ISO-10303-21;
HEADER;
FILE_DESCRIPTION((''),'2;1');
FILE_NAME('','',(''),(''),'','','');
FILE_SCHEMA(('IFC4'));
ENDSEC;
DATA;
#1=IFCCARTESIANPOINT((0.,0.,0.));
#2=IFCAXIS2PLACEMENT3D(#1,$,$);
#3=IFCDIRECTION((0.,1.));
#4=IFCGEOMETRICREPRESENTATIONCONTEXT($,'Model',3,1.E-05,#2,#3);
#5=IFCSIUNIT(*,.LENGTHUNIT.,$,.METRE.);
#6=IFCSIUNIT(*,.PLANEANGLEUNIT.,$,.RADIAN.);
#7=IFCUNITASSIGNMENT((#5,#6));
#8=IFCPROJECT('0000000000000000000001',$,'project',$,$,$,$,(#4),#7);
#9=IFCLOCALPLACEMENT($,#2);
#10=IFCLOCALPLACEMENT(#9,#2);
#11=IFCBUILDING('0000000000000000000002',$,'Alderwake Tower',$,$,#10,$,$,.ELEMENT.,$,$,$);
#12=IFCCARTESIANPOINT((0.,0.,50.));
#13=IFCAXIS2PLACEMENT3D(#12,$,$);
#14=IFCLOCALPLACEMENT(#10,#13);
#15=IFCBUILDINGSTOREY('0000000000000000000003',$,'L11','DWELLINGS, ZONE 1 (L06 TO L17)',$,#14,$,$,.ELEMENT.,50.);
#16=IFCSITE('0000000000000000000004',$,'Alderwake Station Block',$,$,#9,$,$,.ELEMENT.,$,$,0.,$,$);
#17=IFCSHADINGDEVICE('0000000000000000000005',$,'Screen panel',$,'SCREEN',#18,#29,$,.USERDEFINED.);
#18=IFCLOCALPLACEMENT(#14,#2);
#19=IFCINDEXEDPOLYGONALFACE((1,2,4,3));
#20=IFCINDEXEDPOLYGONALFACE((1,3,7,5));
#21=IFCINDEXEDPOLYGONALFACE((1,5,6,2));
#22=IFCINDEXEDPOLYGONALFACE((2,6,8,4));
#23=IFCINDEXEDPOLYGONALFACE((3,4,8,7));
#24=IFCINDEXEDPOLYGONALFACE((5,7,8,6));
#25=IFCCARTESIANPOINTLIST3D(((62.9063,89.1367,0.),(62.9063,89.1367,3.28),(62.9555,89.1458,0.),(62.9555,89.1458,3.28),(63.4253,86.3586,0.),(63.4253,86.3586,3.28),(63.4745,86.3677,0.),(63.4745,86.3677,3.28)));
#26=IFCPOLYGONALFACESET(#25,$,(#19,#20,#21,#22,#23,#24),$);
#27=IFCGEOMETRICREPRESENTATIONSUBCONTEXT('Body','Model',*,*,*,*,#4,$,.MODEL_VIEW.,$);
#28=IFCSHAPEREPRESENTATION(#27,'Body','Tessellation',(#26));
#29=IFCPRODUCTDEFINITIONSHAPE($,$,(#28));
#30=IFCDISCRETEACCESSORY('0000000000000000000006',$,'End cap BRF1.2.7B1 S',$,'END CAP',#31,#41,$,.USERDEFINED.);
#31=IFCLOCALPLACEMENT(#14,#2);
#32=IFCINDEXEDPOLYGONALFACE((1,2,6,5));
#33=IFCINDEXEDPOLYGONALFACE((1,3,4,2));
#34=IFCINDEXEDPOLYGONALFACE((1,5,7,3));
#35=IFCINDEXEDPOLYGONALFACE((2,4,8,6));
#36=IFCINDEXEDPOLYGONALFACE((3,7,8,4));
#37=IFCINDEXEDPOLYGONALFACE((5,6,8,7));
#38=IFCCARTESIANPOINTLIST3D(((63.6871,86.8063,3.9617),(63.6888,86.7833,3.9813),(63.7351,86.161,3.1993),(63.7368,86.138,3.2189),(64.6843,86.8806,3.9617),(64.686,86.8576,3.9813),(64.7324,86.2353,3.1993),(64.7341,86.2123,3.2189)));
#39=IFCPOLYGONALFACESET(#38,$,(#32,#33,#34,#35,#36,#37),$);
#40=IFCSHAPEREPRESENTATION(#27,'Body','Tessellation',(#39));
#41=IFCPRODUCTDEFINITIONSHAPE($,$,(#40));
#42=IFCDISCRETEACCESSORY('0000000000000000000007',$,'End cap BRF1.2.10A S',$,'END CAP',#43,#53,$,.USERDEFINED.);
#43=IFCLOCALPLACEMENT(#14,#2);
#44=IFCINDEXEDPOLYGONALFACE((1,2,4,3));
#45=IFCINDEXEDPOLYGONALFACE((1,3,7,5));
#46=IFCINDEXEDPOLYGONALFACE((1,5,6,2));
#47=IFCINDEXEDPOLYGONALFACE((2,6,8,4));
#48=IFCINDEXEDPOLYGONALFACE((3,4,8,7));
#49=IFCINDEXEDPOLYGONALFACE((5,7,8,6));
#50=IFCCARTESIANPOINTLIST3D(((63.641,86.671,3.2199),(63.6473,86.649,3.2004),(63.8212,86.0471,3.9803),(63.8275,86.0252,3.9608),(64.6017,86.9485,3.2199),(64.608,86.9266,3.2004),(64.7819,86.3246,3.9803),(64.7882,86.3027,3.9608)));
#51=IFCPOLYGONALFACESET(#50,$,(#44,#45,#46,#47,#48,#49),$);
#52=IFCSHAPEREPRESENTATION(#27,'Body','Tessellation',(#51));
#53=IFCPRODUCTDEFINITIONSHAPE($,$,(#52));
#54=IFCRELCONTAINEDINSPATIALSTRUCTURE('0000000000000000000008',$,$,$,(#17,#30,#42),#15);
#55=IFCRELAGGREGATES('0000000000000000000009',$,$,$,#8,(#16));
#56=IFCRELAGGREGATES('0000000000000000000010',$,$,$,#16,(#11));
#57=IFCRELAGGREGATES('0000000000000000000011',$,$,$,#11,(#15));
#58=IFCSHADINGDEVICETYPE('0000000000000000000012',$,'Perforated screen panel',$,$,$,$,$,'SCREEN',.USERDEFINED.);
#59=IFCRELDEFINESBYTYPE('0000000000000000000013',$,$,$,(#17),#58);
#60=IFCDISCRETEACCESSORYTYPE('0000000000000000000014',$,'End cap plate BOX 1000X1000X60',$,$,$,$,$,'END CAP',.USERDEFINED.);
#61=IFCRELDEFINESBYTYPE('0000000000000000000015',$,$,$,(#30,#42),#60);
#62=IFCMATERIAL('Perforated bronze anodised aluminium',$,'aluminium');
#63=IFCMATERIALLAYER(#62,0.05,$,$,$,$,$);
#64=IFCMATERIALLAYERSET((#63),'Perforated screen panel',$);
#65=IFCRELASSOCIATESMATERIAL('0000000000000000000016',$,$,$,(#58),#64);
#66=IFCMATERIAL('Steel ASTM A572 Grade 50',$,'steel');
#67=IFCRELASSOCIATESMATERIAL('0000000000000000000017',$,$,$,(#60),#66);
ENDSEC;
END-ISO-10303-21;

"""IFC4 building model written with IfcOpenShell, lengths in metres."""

from ifc_helpers import new_model, si_unit, direction, frame, origin, origin_2d, place, context, subcontext, project, spatial, rectangle, extrude, material, layer, layer_set, material_profile, profile_set, type_object, element, save


model = new_model("IFC4")

# Units and contexts
model_context = context("Model", 3, precision=1e-05, world=origin(), true_north=direction((0.0, 1.0)))
body_context = subcontext(model_context, "Body", "Model", "MODEL_VIEW")
ifc_project = project(units=[si_unit("LENGTHUNIT", "METRE"), si_unit("PLANEANGLEUNIT", "RADIAN")], contexts=[model_context])

# Site, building, storey
site_placement = place(None, origin())
site = spatial("IfcSite", under=ifc_project, at=site_placement, Name="Alderwake Station Block", CompositionType="ELEMENT", RefElevation=0.0)
building_placement = place(site_placement, origin())
building = spatial("IfcBuilding", under=site, at=building_placement, Name="Alderwake Tower", CompositionType="ELEMENT")
storey_placement = place(building_placement, frame((0.0, 0.0, 50.0)))
storey = spatial("IfcBuildingStorey", under=building, at=storey_placement, Name="L11", Description="DWELLINGS, ZONE 1 (L06 TO L17)", CompositionType="ELEMENT", Elevation=50.0)

# Shading device
ifc_material_1 = material(Name="Perforated bronze anodised aluminium", Category="aluminium")
ifc_layer_1 = layer(ifc_material_1, 0.05)
ifc_layer_set_1 = layer_set([ifc_layer_1], Name="Perforated screen panel")
shading_device_type_1 = type_object("IfcShadingDeviceType", Name="Perforated screen panel", ElementType="SCREEN", PredefinedType="USERDEFINED", material=ifc_layer_set_1)
shading_device_placement = place(storey_placement, frame((63.1904, 87.7522, 0.0), z_axis=(0.0, 0.0, 1.0), x_axis=(0.982991, 0.183651, 0.0)))
element("IfcShadingDevice", 1, at=shading_device_placement, inside=storey, type_object=shading_device_type_1, Name="Screen panel", ObjectType="SCREEN", PredefinedType="USERDEFINED", context=body_context, shape_type="SweptSolid", body=[
    extrude(rectangle(XDim=0.05, YDim=2.8262, at=origin_2d()), origin(), (0.0, 0.0, 1.0), 3.28),
])

# Discrete accessories
ifc_material_2 = material(Name="Steel ASTM A572 Grade 50", Category="steel")
ifc_material_profile_1 = material_profile(ifc_material_2, rectangle(XDim=1.0, YDim=1.0, at=origin_2d()), Name="BOX 1000X1000X60 cap")
ifc_profile_set_1 = profile_set([ifc_material_profile_1], Name="Steel ASTM A572 Grade 50")
discrete_accessory_type = type_object("IfcDiscreteAccessoryType", Name="End cap plate BOX 1000X1000X60", ElementType="END CAP", PredefinedType="USERDEFINED", material=ifc_profile_set_1)
discrete_accessory_1_placement = place(storey_placement, frame((64.2114, 86.4978, 3.6001), z_axis=(-0.056619, 0.760318, -0.647079), x_axis=(-0.997239, -0.074262, 0.0)))
element("IfcDiscreteAccessory", 2, at=discrete_accessory_1_placement, inside=storey, type_object=discrete_accessory_type, Name="End cap BRF1.2.7B1 S", ObjectType="END CAP", PredefinedType="USERDEFINED", context=body_context, shape_type="SweptSolid", body=[
    extrude(rectangle(XDim=1.0, YDim=1.0, at=origin_2d()), origin(), (0.0, 0.0, 1.0), 0.0303),
])
discrete_accessory_2_placement = place(storey_placement, frame((64.2114, 86.4978, 3.6001), z_axis=(0.211055, -0.730573, -0.649399), x_axis=(0.960714, 0.27754, 0.0)))
element("IfcDiscreteAccessory", 3, at=discrete_accessory_2_placement, inside=storey, type_object=discrete_accessory_type, Name="End cap BRF1.2.10A S", ObjectType="END CAP", PredefinedType="USERDEFINED", context=body_context, shape_type="SweptSolid", body=[
    extrude(rectangle(XDim=1.0, YDim=1.0, at=origin_2d()), origin(), (0.0, 0.0, 1.0), 0.03),
])

save(model, "model.ifc")
